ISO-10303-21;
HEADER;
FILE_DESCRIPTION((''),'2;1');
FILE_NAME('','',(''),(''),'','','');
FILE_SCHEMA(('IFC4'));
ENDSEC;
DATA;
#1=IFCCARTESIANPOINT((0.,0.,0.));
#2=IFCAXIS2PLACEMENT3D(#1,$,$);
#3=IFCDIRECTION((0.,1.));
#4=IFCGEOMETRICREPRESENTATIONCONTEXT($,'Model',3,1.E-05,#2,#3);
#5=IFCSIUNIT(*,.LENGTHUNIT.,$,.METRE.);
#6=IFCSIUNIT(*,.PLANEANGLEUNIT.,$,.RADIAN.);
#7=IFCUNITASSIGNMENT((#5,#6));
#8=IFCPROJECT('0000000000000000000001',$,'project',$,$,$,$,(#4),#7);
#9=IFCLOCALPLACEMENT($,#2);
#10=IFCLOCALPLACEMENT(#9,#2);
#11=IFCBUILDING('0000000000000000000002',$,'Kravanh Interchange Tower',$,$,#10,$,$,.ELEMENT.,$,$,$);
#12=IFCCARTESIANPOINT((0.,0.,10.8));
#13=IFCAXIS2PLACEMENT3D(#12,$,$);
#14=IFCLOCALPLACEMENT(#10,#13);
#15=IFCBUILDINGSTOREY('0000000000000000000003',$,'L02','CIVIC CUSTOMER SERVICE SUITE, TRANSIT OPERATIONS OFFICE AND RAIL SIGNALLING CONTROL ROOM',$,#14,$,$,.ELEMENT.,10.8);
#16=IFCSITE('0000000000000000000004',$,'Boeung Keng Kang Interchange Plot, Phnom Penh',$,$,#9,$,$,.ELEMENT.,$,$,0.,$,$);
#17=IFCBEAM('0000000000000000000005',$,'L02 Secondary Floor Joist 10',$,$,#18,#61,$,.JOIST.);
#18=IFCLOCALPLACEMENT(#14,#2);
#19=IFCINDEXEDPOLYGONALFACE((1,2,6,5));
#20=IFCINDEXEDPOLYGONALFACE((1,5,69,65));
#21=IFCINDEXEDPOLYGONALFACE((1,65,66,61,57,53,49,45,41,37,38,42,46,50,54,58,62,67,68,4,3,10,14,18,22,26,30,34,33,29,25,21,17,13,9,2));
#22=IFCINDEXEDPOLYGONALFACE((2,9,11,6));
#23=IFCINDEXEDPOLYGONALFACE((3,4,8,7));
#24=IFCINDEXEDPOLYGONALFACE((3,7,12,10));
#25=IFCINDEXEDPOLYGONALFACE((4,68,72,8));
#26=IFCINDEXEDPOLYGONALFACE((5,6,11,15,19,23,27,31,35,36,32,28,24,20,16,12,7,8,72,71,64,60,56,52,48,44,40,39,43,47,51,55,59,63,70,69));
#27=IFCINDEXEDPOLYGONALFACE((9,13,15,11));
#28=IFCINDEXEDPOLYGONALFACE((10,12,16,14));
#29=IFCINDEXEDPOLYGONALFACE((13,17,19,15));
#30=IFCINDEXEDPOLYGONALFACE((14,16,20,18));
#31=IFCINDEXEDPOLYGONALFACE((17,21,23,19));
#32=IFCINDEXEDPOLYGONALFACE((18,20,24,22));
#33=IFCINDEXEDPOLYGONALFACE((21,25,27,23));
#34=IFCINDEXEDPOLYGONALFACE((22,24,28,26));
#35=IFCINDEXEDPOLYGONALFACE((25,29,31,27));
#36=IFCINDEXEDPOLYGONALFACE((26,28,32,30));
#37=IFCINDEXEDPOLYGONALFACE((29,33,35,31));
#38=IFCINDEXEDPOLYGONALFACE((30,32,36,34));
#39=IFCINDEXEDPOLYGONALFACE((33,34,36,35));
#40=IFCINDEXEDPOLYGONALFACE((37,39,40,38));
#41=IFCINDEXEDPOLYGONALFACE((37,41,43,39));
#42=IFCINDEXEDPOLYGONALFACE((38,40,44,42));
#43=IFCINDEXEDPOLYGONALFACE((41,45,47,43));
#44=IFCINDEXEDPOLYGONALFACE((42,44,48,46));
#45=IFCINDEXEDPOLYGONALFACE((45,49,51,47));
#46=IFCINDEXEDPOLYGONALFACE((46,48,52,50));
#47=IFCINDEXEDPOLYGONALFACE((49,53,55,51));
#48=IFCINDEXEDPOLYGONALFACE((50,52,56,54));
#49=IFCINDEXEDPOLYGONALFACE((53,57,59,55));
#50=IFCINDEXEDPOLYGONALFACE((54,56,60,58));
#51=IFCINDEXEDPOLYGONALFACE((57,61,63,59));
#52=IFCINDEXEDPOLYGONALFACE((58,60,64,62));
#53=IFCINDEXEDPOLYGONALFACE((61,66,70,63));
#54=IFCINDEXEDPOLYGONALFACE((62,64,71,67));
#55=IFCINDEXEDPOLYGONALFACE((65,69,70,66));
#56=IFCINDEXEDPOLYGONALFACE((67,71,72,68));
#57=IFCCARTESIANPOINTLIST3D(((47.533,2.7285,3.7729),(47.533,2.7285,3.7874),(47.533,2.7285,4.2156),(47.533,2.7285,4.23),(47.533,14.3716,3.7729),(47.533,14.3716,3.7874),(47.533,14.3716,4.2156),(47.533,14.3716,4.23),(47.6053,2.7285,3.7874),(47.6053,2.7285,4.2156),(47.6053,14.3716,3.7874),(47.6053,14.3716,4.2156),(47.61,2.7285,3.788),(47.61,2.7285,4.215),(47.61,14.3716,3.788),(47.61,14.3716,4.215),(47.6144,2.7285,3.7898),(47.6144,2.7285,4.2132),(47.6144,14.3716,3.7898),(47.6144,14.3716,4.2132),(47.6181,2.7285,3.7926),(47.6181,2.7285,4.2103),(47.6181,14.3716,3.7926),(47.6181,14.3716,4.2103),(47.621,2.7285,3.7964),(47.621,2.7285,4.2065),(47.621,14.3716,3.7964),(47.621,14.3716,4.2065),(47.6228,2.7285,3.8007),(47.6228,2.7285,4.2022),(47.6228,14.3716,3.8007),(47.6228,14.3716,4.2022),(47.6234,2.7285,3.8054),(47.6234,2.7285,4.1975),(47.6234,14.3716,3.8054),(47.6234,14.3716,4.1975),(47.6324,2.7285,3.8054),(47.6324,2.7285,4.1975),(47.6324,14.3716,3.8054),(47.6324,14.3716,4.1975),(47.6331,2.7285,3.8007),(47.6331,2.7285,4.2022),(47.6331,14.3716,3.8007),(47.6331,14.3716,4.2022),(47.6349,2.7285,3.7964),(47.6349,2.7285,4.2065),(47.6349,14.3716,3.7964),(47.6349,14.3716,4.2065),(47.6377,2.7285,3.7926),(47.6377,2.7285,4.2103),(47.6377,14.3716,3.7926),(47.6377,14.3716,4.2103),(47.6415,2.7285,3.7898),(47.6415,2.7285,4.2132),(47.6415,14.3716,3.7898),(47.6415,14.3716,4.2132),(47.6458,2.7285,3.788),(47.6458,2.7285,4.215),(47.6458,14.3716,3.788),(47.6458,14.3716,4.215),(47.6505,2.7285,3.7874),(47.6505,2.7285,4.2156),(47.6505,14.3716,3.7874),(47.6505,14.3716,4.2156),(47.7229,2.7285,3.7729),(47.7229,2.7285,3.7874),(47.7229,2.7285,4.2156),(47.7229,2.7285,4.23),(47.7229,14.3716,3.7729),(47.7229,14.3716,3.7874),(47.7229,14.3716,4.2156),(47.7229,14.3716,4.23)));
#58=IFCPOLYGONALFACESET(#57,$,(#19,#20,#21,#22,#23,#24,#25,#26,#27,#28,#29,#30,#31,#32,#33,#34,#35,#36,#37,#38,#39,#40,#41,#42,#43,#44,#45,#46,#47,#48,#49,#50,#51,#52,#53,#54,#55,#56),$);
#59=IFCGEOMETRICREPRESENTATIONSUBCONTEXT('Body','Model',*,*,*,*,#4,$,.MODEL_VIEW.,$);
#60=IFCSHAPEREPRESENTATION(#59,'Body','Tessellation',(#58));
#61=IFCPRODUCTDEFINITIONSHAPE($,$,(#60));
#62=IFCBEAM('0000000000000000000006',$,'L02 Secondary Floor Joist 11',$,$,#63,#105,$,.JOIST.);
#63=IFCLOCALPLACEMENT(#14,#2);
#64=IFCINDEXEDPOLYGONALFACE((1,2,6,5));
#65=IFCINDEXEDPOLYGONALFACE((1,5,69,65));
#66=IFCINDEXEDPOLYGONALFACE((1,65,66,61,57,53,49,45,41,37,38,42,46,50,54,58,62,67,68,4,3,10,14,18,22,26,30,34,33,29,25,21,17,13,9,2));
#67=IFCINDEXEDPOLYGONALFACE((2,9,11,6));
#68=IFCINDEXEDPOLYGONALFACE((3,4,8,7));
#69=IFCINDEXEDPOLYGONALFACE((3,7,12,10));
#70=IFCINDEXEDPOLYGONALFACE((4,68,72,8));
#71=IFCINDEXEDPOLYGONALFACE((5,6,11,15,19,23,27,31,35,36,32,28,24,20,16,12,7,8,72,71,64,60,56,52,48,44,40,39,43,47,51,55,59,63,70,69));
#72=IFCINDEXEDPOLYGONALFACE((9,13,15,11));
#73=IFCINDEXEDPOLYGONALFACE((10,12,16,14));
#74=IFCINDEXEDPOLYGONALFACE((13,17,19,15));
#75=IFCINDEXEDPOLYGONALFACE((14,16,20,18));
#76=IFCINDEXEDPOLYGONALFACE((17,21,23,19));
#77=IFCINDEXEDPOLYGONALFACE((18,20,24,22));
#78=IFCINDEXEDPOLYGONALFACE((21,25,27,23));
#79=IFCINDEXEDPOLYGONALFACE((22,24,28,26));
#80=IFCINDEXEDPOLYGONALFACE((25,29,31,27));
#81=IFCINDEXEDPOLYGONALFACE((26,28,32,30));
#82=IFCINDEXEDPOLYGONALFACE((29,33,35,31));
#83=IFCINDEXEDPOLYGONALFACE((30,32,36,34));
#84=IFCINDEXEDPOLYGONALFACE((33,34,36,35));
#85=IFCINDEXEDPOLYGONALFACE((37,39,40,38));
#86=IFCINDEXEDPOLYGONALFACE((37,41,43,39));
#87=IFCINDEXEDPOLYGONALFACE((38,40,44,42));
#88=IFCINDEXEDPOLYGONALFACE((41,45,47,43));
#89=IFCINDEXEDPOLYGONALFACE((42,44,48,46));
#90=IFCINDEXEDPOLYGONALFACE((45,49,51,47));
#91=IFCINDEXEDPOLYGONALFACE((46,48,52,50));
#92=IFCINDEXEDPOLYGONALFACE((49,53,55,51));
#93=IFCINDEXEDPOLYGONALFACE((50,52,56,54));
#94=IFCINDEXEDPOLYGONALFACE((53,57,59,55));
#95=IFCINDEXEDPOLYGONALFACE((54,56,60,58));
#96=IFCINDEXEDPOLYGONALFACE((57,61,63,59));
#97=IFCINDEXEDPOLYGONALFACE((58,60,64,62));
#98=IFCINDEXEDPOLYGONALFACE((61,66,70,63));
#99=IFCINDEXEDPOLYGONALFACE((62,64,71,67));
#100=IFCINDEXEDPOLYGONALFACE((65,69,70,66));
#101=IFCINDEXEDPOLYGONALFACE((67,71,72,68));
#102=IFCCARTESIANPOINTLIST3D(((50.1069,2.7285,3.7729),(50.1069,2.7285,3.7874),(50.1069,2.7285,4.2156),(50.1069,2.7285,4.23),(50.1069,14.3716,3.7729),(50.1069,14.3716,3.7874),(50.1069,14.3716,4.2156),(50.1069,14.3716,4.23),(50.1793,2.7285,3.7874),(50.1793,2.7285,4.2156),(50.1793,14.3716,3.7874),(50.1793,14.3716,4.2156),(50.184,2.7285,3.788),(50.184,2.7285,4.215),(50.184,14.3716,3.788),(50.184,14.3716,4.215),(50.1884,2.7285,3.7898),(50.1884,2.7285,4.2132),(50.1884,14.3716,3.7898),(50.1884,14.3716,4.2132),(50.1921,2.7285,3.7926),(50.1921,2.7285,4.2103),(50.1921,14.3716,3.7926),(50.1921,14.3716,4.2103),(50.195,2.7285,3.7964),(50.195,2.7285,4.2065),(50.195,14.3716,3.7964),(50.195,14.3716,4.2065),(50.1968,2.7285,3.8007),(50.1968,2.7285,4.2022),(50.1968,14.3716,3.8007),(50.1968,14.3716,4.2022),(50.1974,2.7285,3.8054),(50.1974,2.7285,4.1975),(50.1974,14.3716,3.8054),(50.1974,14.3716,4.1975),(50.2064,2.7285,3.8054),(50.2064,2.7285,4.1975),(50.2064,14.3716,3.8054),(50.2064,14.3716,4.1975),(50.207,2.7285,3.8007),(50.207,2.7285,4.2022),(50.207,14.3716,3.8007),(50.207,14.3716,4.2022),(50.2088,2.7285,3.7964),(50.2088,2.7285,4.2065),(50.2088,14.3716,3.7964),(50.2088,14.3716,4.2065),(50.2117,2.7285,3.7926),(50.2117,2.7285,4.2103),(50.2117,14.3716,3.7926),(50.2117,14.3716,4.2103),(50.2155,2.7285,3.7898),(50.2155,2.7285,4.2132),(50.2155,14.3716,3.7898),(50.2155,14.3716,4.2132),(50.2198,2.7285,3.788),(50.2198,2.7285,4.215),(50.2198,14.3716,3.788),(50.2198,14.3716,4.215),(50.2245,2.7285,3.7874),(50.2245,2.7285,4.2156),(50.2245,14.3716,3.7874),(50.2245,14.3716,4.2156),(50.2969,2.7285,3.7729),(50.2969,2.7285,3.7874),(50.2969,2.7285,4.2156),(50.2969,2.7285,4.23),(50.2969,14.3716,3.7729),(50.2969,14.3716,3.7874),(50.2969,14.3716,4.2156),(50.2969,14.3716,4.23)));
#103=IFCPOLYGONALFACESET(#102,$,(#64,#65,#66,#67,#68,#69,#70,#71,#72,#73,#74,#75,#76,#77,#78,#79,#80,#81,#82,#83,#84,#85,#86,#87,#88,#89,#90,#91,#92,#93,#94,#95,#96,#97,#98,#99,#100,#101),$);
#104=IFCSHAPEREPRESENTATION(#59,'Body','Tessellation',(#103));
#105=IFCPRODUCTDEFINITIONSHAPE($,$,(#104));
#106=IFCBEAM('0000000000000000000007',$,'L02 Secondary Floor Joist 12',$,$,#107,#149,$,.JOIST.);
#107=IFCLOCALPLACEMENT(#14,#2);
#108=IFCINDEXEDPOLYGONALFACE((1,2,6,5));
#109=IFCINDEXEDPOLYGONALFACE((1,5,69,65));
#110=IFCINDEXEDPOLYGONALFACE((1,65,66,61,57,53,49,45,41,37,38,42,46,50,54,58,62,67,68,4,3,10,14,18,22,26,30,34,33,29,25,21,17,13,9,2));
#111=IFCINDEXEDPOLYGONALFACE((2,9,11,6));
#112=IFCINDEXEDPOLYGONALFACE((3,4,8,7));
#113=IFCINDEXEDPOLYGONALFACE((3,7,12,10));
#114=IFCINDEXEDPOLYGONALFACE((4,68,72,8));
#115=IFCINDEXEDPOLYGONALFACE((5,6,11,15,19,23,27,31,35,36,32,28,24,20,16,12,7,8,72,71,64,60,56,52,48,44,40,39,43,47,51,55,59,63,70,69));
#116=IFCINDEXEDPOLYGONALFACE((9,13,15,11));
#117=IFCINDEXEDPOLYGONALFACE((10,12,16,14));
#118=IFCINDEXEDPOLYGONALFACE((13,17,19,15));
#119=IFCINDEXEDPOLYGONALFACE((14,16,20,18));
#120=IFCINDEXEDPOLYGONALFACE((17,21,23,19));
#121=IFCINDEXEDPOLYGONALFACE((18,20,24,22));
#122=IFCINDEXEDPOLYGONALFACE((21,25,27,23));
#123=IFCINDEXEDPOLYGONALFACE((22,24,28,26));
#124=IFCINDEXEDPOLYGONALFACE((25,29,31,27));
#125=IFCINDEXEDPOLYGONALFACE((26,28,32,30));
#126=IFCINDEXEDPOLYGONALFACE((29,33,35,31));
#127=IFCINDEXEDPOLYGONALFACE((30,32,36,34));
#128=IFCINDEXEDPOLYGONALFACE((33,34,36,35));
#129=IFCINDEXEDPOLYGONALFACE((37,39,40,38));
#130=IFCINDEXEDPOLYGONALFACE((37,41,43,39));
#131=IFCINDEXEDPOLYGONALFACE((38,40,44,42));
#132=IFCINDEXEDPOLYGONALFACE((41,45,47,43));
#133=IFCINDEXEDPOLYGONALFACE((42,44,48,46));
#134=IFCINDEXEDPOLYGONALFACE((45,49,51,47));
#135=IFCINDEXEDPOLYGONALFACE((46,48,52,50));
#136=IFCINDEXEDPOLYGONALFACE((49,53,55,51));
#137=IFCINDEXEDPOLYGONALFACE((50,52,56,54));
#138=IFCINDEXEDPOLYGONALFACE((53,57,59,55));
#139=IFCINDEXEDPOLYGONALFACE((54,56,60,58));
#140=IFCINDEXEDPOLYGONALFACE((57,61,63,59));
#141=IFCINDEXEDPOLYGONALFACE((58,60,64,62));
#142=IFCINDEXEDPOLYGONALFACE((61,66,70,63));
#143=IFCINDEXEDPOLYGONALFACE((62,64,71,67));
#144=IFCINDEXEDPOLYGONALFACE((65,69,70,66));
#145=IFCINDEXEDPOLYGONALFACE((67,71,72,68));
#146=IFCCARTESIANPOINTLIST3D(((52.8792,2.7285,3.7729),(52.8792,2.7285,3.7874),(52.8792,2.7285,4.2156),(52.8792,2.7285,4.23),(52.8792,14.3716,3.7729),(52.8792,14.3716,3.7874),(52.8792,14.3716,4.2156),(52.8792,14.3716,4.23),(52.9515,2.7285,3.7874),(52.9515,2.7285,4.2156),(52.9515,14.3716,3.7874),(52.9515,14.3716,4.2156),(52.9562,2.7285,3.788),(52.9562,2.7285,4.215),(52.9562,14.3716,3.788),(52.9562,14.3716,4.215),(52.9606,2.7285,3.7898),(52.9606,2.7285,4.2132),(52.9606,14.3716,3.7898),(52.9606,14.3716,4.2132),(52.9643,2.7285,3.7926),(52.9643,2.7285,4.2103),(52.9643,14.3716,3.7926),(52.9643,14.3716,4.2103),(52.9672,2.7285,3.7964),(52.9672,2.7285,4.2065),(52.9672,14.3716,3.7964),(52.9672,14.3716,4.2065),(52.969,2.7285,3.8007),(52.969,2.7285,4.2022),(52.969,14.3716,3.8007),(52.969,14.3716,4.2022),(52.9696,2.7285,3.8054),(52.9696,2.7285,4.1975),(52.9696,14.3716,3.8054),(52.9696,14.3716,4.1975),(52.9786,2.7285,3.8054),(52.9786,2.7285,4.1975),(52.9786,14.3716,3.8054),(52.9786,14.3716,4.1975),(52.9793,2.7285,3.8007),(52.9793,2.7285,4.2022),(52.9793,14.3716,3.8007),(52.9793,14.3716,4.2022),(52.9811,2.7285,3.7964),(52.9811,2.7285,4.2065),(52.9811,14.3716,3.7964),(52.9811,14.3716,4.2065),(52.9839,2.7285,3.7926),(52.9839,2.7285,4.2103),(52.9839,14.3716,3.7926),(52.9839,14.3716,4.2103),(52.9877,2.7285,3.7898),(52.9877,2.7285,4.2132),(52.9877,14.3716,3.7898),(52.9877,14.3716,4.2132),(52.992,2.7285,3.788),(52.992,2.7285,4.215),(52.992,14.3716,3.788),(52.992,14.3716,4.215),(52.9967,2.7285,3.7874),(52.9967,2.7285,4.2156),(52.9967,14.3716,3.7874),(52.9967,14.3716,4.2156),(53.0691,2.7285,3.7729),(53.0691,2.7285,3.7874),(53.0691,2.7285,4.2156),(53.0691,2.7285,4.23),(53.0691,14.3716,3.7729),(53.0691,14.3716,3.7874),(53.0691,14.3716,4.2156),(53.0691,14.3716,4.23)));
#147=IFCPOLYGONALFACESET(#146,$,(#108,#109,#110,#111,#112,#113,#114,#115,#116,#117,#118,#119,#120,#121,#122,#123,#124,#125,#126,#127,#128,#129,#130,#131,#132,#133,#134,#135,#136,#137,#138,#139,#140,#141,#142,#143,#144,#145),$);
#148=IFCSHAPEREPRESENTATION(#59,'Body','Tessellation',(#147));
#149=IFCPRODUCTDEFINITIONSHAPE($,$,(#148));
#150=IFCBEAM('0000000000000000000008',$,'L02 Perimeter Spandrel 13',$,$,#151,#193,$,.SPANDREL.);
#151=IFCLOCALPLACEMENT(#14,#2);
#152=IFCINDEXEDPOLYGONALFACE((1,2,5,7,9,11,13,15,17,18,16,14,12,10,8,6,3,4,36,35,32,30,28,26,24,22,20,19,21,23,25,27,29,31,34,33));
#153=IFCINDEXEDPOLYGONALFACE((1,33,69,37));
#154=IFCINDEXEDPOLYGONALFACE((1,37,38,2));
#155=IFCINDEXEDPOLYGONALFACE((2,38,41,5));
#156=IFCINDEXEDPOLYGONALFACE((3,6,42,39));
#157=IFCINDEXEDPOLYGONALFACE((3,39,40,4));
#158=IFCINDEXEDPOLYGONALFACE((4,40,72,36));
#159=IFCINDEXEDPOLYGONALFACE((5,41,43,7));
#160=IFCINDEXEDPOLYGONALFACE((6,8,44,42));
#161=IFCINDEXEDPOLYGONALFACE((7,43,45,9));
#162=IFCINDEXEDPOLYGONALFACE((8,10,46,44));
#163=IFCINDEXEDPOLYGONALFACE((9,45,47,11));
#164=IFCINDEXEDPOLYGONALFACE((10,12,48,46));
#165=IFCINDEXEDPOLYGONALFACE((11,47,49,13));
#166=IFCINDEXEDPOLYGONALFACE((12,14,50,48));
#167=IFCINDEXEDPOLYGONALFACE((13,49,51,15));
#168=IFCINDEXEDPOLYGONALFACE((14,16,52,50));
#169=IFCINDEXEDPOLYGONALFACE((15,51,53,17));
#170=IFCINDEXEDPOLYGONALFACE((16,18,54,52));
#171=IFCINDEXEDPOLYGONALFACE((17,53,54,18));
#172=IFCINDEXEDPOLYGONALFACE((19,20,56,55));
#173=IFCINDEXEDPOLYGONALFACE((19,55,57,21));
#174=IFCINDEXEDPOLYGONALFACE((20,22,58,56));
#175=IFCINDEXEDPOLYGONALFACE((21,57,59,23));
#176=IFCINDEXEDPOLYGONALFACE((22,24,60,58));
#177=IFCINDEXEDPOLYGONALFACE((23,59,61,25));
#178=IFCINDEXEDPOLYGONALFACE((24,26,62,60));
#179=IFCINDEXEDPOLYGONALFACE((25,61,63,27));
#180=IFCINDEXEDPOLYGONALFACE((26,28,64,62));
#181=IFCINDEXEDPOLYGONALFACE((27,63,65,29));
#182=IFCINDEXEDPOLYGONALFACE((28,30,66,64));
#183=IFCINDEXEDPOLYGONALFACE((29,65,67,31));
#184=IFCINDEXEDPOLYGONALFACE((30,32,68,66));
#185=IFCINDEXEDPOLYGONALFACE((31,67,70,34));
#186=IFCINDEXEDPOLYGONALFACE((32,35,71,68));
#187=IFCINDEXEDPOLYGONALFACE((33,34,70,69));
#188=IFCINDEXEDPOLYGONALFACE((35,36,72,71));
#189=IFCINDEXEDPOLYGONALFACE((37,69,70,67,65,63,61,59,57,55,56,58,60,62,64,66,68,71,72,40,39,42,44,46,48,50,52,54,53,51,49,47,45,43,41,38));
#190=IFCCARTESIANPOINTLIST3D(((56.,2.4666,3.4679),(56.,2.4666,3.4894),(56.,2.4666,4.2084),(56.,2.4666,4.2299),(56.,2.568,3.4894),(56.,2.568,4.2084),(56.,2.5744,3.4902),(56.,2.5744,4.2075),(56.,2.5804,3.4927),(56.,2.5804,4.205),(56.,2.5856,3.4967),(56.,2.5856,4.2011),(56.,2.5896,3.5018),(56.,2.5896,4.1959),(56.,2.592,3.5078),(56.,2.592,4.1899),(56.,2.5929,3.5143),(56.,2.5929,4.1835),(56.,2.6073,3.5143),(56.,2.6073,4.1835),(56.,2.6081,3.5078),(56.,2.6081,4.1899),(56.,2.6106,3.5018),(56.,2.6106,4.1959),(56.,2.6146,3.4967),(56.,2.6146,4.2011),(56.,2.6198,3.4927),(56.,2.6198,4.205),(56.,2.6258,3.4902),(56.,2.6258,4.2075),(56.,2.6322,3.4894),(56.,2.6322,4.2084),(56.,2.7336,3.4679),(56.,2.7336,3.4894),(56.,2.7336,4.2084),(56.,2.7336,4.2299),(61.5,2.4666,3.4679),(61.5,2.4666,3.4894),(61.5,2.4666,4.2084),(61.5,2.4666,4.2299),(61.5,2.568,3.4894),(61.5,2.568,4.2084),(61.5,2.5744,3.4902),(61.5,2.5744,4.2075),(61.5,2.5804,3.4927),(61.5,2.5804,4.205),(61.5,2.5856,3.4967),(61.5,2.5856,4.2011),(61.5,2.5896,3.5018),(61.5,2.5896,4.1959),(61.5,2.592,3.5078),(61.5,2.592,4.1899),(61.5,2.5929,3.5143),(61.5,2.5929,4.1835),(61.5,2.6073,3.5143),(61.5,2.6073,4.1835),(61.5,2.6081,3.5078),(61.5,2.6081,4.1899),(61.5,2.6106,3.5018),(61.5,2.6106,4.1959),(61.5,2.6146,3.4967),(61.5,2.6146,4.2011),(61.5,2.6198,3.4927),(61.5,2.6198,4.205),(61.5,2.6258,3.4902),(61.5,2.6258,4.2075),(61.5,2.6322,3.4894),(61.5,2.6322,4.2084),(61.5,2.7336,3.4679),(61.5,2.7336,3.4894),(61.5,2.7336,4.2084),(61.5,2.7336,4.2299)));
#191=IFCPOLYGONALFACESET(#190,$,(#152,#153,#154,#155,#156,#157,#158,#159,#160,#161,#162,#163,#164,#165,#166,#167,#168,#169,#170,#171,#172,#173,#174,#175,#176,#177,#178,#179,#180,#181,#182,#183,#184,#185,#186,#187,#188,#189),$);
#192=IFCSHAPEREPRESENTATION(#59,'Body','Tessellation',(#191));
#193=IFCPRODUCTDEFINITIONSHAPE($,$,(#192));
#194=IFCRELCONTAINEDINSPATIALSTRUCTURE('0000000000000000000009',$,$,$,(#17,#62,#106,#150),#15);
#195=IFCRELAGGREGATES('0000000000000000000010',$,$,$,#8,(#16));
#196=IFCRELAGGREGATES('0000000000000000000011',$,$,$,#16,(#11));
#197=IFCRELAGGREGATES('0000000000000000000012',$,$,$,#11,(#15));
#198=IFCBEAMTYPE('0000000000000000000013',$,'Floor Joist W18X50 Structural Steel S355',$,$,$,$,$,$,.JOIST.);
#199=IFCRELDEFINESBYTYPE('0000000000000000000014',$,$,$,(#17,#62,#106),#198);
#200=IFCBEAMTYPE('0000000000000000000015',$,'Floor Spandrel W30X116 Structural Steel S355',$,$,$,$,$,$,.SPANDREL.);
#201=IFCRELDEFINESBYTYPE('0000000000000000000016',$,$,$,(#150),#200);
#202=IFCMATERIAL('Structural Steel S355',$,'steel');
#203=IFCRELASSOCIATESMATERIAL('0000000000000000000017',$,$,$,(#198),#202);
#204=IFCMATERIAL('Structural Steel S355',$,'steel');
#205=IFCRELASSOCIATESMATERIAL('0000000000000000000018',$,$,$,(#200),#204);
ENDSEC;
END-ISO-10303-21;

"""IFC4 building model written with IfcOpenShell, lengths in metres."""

from ifc_helpers import new_model, si_unit, direction, frame, origin, origin_2d, place, context, subcontext, project, spatial, i_section, extrude, material, material_profile, profile_set, type_object, element, save


model = new_model("IFC4")

# Units and contexts
model_context = context("Model", 3, precision=1e-05, world=origin(), true_north=direction((0.0, 1.0)))
body_context = subcontext(model_context, "Body", "Model", "MODEL_VIEW")
ifc_project = project(units=[si_unit("LENGTHUNIT", "METRE"), si_unit("PLANEANGLEUNIT", "RADIAN")], contexts=[model_context])

# Site, building, storey
site_placement = place(None, origin())
site = spatial("IfcSite", under=ifc_project, at=site_placement, Name="Boeung Keng Kang Interchange Plot, Phnom Penh", CompositionType="ELEMENT", RefElevation=0.0)
building_placement = place(site_placement, origin())
building = spatial("IfcBuilding", under=site, at=building_placement, Name="Kravanh Interchange Tower", CompositionType="ELEMENT")
storey_placement = place(building_placement, frame((0.0, 0.0, 10.8)))
storey = spatial("IfcBuildingStorey", under=building, at=storey_placement, Name="L02", Description="CIVIC CUSTOMER SERVICE SUITE, TRANSIT OPERATIONS OFFICE AND RAIL SIGNALLING CONTROL ROOM", CompositionType="ELEMENT", Elevation=10.8)

# Beams
ifc_material_1 = material(Name="Structural Steel S355", Category="steel")
ifc_material_profile_1 = material_profile(ifc_material_1, i_section(OverallWidth=0.1899, OverallDepth=0.457, WebThickness=0.009, FlangeThickness=0.0144, FilletRadius=0.0181, at=origin_2d()), Name="W18X50")
ifc_profile_set_1 = profile_set([ifc_material_profile_1], Name="Structural Steel S355")
beam_type_1 = type_object("IfcBeamType", Name="Floor Joist W18X50 Structural Steel S355", PredefinedType="JOIST", material=ifc_profile_set_1)
for number, where, z_axis, x_axis, name in (
    (1, (47.6279, 2.7285, 4.0015), (0.0, 1.0, 0.0), (-1.0, 0.0, 0.0), "L02 Secondary Floor Joist 10"),
    (2, (50.2019, 2.7285, 4.0015), (0.0, 1.0, 0.0), (-1.0, 0.0, 0.0), "L02 Secondary Floor Joist 11"),
    (3, (52.9741, 2.7285, 4.0015), (0.0, 1.0, 0.0), (-1.0, 0.0, 0.0), "L02 Secondary Floor Joist 12"),
):
    element("IfcBeam", number, at=place(storey_placement, frame(where, z_axis=z_axis, x_axis=x_axis)), inside=storey, type_object=beam_type_1, Name=name, PredefinedType="JOIST", context=body_context, shape_type="SweptSolid", body=[
        extrude(i_section(OverallWidth=0.1899, OverallDepth=0.457, WebThickness=0.009, FlangeThickness=0.0144, FilletRadius=0.0181, at=origin_2d()), origin(), (0.0, 0.0, 1.0), 11.6431),
    ])
ifc_material_2 = material(Name="Structural Steel S355", Category="steel")
ifc_material_profile_2 = material_profile(ifc_material_2, i_section(OverallWidth=0.2671, OverallDepth=0.762, WebThickness=0.0144, FlangeThickness=0.0215, FilletRadius=0.0249, at=origin_2d()), Name="W30X116")
ifc_profile_set_2 = profile_set([ifc_material_profile_2], Name="Structural Steel S355")
beam_type_2 = type_object("IfcBeamType", Name="Floor Spandrel W30X116 Structural Steel S355", PredefinedType="SPANDREL", material=ifc_profile_set_2)
beam_1_placement = place(storey_placement, frame((56.0, 2.6001, 3.8489), z_axis=(1.0, 0.0, 0.0), x_axis=(0.0, 1.0, 0.0)))
element("IfcBeam", 4, at=beam_1_placement, inside=storey, type_object=beam_type_2, Name="L02 Perimeter Spandrel 13", PredefinedType="SPANDREL", context=body_context, shape_type="SweptSolid", body=[
    extrude(i_section(OverallWidth=0.2671, OverallDepth=0.762, WebThickness=0.0144, FlangeThickness=0.0215, FilletRadius=0.0249, at=origin_2d()), origin(), (0.0, 0.0, 1.0), 5.5),
])

save(model, "model.ifc")
